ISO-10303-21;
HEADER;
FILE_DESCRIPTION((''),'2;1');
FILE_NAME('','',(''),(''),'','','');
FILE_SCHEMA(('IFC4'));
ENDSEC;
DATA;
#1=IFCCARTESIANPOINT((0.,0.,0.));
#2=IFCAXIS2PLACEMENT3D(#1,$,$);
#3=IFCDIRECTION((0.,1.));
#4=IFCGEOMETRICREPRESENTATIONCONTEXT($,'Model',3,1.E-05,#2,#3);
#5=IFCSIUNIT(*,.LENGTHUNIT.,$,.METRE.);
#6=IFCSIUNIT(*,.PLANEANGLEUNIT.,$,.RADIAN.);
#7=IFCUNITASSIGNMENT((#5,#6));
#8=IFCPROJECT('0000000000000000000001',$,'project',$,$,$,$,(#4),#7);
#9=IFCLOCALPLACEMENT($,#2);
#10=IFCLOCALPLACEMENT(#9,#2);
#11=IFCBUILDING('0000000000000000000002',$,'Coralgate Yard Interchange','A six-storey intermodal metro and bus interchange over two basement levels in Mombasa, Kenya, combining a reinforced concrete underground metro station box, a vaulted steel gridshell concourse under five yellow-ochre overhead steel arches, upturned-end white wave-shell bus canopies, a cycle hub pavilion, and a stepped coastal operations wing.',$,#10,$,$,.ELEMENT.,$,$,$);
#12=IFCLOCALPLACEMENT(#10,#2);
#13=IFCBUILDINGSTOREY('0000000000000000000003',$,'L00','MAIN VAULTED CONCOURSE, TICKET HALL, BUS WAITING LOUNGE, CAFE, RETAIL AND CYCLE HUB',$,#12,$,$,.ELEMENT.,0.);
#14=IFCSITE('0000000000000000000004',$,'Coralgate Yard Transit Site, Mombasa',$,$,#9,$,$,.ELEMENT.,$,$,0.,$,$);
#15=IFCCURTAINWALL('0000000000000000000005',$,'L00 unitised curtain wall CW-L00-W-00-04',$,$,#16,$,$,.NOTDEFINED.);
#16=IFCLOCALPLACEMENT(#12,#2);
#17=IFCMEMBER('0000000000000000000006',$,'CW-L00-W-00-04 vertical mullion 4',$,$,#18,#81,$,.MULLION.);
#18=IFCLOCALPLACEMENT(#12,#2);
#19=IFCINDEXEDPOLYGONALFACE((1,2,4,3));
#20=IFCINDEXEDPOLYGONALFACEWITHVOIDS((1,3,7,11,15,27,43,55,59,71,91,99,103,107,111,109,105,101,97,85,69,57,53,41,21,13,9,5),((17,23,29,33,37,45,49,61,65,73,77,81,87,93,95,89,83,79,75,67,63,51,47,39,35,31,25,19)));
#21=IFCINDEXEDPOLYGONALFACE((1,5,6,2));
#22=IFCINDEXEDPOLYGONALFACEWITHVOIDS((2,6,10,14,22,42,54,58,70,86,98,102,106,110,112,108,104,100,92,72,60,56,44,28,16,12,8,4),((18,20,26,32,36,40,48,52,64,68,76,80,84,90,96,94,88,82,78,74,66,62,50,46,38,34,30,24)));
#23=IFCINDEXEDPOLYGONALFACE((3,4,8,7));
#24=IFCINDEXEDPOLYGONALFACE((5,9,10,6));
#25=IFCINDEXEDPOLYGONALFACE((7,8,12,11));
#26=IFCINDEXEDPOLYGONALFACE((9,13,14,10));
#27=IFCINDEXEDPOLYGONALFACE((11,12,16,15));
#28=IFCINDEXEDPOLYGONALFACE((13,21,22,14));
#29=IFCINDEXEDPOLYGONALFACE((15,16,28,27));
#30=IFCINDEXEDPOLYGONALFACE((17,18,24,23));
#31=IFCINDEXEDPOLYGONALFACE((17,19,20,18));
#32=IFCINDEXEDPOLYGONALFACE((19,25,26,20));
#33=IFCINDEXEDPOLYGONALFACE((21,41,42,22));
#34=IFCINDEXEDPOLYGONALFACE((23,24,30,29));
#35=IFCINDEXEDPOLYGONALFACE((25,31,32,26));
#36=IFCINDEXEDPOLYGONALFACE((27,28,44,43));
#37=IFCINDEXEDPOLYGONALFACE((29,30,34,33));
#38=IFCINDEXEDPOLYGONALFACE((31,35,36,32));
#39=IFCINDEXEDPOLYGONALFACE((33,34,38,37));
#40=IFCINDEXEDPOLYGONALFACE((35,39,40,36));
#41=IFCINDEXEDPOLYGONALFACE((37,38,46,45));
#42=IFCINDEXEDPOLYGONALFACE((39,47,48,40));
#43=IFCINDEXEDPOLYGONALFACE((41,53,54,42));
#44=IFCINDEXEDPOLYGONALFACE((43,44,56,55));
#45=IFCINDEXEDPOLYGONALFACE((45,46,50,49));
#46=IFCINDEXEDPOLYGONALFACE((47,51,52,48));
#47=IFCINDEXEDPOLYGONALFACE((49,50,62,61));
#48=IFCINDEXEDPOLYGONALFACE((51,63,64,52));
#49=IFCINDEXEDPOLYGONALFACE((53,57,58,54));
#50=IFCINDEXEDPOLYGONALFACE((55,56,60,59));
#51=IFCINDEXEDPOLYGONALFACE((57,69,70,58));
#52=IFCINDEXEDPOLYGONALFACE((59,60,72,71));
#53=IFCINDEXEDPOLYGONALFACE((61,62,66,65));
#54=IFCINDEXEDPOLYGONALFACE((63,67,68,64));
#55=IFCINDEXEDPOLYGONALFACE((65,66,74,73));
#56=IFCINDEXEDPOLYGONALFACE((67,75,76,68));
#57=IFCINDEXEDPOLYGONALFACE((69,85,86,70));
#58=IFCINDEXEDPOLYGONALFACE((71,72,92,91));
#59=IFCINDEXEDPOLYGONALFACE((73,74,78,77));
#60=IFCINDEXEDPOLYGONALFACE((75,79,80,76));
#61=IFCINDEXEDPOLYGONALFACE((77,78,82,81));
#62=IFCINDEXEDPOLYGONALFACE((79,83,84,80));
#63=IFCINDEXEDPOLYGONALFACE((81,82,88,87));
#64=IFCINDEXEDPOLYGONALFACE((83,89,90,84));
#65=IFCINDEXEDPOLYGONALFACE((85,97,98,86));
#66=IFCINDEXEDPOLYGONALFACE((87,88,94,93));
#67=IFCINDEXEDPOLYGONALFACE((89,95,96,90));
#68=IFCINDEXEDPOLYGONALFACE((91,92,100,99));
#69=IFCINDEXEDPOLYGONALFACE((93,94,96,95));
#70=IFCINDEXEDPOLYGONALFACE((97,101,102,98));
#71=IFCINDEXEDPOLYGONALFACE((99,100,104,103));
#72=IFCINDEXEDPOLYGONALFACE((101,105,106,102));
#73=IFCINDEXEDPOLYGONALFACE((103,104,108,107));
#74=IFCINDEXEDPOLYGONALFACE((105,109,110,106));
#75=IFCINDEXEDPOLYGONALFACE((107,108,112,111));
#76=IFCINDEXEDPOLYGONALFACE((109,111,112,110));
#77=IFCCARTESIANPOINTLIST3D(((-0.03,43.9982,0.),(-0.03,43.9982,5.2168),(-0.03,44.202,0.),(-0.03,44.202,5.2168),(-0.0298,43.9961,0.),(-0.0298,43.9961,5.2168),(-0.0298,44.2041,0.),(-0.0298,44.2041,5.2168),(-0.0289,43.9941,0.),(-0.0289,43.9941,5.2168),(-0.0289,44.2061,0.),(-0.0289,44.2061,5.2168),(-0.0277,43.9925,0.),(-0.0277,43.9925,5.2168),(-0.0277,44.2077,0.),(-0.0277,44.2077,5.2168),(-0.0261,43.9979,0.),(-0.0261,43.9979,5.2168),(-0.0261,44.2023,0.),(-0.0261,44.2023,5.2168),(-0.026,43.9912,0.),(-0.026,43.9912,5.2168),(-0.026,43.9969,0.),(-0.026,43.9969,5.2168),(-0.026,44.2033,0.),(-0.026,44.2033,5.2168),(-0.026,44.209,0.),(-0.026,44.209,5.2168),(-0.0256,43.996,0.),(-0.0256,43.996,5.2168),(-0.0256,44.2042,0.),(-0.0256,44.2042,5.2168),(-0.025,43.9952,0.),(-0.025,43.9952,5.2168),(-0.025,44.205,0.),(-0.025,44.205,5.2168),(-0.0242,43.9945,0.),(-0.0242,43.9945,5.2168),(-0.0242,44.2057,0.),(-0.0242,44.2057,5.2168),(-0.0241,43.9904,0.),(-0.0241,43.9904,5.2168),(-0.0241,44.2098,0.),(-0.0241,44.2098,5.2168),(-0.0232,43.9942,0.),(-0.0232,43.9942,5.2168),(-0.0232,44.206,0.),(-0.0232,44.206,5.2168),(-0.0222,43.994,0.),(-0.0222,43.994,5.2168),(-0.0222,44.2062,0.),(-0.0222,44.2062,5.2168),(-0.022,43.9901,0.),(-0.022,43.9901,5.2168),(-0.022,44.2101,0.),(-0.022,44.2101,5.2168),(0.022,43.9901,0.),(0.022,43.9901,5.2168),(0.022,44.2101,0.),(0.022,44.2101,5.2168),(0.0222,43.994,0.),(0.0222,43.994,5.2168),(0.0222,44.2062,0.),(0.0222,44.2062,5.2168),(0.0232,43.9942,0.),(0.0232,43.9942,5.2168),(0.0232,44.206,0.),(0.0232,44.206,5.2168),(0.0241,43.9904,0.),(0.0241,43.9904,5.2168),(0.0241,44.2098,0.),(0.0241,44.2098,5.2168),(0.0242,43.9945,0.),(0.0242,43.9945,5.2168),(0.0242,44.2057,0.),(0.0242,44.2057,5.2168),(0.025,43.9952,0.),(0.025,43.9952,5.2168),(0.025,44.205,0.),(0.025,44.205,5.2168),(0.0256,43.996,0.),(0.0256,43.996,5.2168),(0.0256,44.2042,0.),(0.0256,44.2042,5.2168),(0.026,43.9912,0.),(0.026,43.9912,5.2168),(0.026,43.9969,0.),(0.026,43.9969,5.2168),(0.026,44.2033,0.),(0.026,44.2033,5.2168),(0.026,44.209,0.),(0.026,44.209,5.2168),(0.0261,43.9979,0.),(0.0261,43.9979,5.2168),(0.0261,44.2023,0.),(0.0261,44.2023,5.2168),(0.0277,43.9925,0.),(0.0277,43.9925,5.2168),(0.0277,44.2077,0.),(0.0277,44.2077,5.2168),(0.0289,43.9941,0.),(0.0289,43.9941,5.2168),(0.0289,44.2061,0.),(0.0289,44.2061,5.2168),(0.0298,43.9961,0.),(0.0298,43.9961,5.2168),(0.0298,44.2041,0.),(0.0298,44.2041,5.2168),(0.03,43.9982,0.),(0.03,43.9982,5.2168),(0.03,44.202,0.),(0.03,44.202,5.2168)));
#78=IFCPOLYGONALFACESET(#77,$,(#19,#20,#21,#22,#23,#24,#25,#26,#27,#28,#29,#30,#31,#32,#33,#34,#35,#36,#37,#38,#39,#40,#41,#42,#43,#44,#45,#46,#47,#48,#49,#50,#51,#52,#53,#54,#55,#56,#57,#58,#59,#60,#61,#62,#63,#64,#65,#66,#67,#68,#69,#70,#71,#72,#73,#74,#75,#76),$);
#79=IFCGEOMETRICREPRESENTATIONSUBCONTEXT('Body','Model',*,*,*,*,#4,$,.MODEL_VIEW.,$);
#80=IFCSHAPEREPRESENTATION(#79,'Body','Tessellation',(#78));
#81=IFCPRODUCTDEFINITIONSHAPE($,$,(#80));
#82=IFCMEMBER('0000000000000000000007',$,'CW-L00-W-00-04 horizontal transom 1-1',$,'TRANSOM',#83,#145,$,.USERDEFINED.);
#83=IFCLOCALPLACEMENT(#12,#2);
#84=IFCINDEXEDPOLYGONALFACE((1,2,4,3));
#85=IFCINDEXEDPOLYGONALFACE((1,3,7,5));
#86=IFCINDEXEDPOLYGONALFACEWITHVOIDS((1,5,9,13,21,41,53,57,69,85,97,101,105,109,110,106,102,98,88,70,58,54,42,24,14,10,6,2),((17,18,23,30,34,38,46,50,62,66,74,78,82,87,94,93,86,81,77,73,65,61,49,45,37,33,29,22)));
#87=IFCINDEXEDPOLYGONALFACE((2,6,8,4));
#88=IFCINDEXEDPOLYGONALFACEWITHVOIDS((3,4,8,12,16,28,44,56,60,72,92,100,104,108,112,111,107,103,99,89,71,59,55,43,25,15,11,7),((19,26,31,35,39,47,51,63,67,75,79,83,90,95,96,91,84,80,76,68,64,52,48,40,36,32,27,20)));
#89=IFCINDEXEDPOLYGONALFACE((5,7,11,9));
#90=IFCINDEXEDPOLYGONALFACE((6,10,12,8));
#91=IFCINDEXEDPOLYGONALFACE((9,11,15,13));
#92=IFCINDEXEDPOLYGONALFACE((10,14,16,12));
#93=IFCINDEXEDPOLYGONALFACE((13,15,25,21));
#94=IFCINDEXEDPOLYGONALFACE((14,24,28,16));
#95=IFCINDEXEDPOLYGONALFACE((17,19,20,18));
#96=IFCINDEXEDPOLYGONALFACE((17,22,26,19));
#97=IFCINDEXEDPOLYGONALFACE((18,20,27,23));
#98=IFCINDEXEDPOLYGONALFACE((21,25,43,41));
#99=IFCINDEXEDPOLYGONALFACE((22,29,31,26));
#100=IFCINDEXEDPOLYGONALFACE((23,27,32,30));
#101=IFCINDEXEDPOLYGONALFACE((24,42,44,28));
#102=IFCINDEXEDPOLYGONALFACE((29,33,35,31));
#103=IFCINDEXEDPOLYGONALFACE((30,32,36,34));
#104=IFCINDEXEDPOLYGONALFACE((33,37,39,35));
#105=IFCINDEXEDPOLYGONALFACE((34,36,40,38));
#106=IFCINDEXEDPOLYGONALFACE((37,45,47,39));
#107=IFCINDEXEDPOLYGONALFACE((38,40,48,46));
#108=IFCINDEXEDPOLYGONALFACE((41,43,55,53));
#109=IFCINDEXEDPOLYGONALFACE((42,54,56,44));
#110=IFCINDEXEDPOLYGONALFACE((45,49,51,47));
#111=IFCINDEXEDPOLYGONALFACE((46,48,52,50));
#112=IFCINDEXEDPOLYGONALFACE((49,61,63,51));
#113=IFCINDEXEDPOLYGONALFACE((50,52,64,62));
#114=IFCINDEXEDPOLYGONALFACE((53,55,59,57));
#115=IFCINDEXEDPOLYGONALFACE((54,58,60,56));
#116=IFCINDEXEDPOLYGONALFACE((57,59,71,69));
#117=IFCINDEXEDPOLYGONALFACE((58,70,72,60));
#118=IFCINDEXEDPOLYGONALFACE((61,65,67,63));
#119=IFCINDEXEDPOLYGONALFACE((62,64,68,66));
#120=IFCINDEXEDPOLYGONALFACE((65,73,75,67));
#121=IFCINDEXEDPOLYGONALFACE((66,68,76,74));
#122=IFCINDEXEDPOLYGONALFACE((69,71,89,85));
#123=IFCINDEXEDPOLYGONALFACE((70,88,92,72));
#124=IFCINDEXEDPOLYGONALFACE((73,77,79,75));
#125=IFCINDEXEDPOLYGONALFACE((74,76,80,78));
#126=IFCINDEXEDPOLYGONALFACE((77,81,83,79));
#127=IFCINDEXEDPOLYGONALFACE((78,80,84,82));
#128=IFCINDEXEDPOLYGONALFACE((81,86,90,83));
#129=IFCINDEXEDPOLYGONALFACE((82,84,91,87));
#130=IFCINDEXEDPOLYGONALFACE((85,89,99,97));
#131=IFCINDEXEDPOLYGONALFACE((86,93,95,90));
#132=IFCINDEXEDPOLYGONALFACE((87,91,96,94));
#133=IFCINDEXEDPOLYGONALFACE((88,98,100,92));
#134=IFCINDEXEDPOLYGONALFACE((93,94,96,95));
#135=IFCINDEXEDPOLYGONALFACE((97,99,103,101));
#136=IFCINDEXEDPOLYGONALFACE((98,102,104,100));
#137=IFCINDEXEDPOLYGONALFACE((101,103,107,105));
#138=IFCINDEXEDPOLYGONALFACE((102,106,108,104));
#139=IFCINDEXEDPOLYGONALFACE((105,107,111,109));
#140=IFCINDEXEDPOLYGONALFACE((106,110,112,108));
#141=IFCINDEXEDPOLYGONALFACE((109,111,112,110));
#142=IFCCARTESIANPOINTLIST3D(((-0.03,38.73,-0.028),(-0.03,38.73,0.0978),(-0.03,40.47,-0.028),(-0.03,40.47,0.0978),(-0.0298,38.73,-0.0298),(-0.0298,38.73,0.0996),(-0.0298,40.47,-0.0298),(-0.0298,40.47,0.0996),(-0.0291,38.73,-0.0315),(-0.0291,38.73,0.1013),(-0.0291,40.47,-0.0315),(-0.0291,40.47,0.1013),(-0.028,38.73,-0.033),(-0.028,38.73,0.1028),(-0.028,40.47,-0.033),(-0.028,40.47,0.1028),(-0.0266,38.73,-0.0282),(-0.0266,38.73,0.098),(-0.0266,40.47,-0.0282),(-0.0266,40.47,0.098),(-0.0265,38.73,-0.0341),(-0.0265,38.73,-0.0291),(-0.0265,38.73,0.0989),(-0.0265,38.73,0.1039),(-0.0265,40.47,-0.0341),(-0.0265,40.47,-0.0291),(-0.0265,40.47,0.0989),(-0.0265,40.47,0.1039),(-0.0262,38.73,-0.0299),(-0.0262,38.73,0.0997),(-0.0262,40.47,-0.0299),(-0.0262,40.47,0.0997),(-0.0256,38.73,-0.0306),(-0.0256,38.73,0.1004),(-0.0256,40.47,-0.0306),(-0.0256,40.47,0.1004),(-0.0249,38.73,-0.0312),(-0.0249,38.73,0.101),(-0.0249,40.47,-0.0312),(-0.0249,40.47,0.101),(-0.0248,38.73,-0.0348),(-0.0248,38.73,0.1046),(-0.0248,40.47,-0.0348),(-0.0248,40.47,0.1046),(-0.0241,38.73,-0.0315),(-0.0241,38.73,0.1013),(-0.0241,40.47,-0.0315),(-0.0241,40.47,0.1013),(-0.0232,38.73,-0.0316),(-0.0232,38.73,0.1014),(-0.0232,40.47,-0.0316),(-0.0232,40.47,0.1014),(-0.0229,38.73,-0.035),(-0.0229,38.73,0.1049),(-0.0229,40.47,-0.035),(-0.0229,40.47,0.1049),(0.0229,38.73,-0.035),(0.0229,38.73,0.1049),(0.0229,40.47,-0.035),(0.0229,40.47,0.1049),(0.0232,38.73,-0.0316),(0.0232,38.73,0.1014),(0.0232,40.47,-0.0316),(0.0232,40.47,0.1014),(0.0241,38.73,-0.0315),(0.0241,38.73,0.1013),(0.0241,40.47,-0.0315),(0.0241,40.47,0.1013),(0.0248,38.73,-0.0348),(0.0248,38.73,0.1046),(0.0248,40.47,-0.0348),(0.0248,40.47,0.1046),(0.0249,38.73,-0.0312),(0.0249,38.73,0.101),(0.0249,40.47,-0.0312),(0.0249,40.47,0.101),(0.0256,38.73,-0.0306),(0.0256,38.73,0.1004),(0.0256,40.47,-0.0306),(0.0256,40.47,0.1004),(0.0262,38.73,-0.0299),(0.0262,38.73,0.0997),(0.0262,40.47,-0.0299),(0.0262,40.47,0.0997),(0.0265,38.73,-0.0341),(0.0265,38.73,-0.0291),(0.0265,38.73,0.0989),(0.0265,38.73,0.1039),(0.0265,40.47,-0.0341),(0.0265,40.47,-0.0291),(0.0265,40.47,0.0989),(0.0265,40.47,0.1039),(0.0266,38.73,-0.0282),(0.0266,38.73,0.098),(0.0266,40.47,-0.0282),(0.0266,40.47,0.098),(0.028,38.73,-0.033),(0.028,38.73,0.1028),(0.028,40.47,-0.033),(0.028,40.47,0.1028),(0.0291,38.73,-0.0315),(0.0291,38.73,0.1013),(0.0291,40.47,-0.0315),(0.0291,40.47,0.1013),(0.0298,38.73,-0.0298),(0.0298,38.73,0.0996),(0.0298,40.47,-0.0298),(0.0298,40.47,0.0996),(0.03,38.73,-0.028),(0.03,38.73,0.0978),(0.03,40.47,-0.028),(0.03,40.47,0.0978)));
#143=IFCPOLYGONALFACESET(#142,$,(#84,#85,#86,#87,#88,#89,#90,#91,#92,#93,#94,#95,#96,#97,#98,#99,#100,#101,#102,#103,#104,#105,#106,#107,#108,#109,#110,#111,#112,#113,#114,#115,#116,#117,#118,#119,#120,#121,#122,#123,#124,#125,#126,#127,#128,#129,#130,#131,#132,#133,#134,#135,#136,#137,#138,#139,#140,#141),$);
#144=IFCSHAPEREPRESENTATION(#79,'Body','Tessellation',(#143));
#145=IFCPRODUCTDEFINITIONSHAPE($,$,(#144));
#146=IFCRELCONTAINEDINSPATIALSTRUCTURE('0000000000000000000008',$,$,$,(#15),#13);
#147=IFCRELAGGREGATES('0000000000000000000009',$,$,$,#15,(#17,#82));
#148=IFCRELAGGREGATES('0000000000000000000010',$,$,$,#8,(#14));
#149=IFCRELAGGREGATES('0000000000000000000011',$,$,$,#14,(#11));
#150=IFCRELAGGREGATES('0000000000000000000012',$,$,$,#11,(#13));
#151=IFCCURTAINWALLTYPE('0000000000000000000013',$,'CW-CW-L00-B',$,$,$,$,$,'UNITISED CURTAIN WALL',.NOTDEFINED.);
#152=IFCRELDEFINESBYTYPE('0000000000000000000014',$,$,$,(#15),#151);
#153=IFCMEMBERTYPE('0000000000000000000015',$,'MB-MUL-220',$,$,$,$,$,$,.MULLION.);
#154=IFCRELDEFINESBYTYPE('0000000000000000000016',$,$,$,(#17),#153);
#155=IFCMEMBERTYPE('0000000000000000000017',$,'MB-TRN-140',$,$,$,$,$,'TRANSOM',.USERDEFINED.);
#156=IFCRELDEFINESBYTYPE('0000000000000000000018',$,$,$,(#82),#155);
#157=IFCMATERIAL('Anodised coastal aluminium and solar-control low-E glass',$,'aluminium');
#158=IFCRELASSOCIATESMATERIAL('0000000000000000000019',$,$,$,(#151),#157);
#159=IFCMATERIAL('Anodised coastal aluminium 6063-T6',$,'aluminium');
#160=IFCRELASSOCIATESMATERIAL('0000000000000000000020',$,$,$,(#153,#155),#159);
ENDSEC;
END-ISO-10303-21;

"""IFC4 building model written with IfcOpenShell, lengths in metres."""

from ifc_helpers import new_model, si_unit, direction, frame, origin, origin_2d, place, context, subcontext, project, spatial, hollow_rectangle, extrude, material, material_profile, profile_set, type_object, element, aggregate, save


model = new_model("IFC4")

# Units and contexts
model_context = context("Model", 3, precision=1e-05, world=origin(), true_north=direction((0.0, 1.0)))
body_context = subcontext(model_context, "Body", "Model", "MODEL_VIEW")
ifc_project = project(units=[si_unit("LENGTHUNIT", "METRE"), si_unit("PLANEANGLEUNIT", "RADIAN")], contexts=[model_context])

# Site, building, storey
site_placement = place(None, origin())
site = spatial("IfcSite", under=ifc_project, at=site_placement, Name="Coralgate Yard Transit Site, Mombasa", CompositionType="ELEMENT", RefElevation=0.0)
building_placement = place(site_placement, origin())
building = spatial("IfcBuilding", under=site, at=building_placement, Name="Coralgate Yard Interchange", Description="A six-storey intermodal metro and bus interchange over two basement levels in Mombasa, Kenya, combining a reinforced concrete underground metro station box, a vaulted steel gridshell concourse under five yellow-ochre overhead steel arches, upturned-end white wave-shell bus canopies, a cycle hub pavilion, and a stepped coastal operations wing.", CompositionType="ELEMENT")
storey_placement = place(building_placement, origin())
storey = spatial("IfcBuildingStorey", under=building, at=storey_placement, Name="L00", Description="MAIN VAULTED CONCOURSE, TICKET HALL, BUS WAITING LOUNGE, CAFE, RETAIL AND CYCLE HUB", CompositionType="ELEMENT", Elevation=0.0)

# Curtain wall, members
ifc_material_1 = material(Name="Anodised coastal aluminium and solar-control low-E glass", Category="aluminium")
curtain_wall_type = type_object("IfcCurtainWallType", Name="CW-CW-L00-B", ElementType="UNITISED CURTAIN WALL", PredefinedType="NOTDEFINED", material=ifc_material_1)
curtain_wall_placement = place(storey_placement, origin())
curtain_wall = element("IfcCurtainWall", 1, at=curtain_wall_placement, inside=storey, type_object=curtain_wall_type, Name="L00 unitised curtain wall CW-L00-W-00-04", PredefinedType="NOTDEFINED")
ifc_material_2 = material(Name="Anodised coastal aluminium 6063-T6", Category="aluminium")
ifc_material_profile_1 = material_profile(ifc_material_2, hollow_rectangle(XDim=0.0601, YDim=0.22, WallThickness=0.0039, InnerFilletRadius=0.0039, OuterFilletRadius=0.0081, at=origin_2d()), Name="ALU 60x220x4")
ifc_profile_set_1 = profile_set([ifc_material_profile_1], Name="Anodised coastal aluminium 6063-T6")
member_type_1 = type_object("IfcMemberType", Name="MB-MUL-220", PredefinedType="MULLION", material=ifc_profile_set_1)
member_1_placement = place(storey_placement, frame((0.0, 44.1001, 0.0), z_axis=(0.0, 0.0, 1.0), x_axis=(1.0, 0.0, 0.0)))
member_1 = element("IfcMember", 2, at=member_1_placement, type_object=member_type_1, Name="CW-L00-W-00-04 vertical mullion 4", PredefinedType="MULLION", context=body_context, shape_type="SweptSolid", body=[
    extrude(hollow_rectangle(XDim=0.0601, YDim=0.22, WallThickness=0.0039, InnerFilletRadius=0.0039, OuterFilletRadius=0.0081, at=origin_2d()), origin(), (0.0, 0.0, 1.0), 5.2168),
])
ifc_material_profile_2 = material_profile(ifc_material_2, hollow_rectangle(XDim=0.0601, YDim=0.1399, WallThickness=0.0034, InnerFilletRadius=0.0034, OuterFilletRadius=0.0071, at=origin_2d()), Name="ALU 60x140x3.5")
ifc_profile_set_2 = profile_set([ifc_material_profile_2], Name="Anodised coastal aluminium 6063-T6")
member_type_2 = type_object("IfcMemberType", Name="MB-TRN-140", ElementType="TRANSOM", PredefinedType="USERDEFINED", material=ifc_profile_set_2)
member_2_placement = place(storey_placement, frame((0.0, 38.73, 0.0349), z_axis=(0.0, 1.0, 0.0), x_axis=(-1.0, 0.0, 0.0)))
member_2 = element("IfcMember", 3, at=member_2_placement, type_object=member_type_2, Name="CW-L00-W-00-04 horizontal transom 1-1", ObjectType="TRANSOM", PredefinedType="USERDEFINED", context=body_context, shape_type="SweptSolid", body=[
    extrude(hollow_rectangle(XDim=0.0601, YDim=0.1399, WallThickness=0.0034, InnerFilletRadius=0.0034, OuterFilletRadius=0.0071, at=origin_2d()), origin(), (0.0, 0.0, 1.0), 1.74),
])
aggregate(curtain_wall, [member_1, member_2])

save(model, "model.ifc")
